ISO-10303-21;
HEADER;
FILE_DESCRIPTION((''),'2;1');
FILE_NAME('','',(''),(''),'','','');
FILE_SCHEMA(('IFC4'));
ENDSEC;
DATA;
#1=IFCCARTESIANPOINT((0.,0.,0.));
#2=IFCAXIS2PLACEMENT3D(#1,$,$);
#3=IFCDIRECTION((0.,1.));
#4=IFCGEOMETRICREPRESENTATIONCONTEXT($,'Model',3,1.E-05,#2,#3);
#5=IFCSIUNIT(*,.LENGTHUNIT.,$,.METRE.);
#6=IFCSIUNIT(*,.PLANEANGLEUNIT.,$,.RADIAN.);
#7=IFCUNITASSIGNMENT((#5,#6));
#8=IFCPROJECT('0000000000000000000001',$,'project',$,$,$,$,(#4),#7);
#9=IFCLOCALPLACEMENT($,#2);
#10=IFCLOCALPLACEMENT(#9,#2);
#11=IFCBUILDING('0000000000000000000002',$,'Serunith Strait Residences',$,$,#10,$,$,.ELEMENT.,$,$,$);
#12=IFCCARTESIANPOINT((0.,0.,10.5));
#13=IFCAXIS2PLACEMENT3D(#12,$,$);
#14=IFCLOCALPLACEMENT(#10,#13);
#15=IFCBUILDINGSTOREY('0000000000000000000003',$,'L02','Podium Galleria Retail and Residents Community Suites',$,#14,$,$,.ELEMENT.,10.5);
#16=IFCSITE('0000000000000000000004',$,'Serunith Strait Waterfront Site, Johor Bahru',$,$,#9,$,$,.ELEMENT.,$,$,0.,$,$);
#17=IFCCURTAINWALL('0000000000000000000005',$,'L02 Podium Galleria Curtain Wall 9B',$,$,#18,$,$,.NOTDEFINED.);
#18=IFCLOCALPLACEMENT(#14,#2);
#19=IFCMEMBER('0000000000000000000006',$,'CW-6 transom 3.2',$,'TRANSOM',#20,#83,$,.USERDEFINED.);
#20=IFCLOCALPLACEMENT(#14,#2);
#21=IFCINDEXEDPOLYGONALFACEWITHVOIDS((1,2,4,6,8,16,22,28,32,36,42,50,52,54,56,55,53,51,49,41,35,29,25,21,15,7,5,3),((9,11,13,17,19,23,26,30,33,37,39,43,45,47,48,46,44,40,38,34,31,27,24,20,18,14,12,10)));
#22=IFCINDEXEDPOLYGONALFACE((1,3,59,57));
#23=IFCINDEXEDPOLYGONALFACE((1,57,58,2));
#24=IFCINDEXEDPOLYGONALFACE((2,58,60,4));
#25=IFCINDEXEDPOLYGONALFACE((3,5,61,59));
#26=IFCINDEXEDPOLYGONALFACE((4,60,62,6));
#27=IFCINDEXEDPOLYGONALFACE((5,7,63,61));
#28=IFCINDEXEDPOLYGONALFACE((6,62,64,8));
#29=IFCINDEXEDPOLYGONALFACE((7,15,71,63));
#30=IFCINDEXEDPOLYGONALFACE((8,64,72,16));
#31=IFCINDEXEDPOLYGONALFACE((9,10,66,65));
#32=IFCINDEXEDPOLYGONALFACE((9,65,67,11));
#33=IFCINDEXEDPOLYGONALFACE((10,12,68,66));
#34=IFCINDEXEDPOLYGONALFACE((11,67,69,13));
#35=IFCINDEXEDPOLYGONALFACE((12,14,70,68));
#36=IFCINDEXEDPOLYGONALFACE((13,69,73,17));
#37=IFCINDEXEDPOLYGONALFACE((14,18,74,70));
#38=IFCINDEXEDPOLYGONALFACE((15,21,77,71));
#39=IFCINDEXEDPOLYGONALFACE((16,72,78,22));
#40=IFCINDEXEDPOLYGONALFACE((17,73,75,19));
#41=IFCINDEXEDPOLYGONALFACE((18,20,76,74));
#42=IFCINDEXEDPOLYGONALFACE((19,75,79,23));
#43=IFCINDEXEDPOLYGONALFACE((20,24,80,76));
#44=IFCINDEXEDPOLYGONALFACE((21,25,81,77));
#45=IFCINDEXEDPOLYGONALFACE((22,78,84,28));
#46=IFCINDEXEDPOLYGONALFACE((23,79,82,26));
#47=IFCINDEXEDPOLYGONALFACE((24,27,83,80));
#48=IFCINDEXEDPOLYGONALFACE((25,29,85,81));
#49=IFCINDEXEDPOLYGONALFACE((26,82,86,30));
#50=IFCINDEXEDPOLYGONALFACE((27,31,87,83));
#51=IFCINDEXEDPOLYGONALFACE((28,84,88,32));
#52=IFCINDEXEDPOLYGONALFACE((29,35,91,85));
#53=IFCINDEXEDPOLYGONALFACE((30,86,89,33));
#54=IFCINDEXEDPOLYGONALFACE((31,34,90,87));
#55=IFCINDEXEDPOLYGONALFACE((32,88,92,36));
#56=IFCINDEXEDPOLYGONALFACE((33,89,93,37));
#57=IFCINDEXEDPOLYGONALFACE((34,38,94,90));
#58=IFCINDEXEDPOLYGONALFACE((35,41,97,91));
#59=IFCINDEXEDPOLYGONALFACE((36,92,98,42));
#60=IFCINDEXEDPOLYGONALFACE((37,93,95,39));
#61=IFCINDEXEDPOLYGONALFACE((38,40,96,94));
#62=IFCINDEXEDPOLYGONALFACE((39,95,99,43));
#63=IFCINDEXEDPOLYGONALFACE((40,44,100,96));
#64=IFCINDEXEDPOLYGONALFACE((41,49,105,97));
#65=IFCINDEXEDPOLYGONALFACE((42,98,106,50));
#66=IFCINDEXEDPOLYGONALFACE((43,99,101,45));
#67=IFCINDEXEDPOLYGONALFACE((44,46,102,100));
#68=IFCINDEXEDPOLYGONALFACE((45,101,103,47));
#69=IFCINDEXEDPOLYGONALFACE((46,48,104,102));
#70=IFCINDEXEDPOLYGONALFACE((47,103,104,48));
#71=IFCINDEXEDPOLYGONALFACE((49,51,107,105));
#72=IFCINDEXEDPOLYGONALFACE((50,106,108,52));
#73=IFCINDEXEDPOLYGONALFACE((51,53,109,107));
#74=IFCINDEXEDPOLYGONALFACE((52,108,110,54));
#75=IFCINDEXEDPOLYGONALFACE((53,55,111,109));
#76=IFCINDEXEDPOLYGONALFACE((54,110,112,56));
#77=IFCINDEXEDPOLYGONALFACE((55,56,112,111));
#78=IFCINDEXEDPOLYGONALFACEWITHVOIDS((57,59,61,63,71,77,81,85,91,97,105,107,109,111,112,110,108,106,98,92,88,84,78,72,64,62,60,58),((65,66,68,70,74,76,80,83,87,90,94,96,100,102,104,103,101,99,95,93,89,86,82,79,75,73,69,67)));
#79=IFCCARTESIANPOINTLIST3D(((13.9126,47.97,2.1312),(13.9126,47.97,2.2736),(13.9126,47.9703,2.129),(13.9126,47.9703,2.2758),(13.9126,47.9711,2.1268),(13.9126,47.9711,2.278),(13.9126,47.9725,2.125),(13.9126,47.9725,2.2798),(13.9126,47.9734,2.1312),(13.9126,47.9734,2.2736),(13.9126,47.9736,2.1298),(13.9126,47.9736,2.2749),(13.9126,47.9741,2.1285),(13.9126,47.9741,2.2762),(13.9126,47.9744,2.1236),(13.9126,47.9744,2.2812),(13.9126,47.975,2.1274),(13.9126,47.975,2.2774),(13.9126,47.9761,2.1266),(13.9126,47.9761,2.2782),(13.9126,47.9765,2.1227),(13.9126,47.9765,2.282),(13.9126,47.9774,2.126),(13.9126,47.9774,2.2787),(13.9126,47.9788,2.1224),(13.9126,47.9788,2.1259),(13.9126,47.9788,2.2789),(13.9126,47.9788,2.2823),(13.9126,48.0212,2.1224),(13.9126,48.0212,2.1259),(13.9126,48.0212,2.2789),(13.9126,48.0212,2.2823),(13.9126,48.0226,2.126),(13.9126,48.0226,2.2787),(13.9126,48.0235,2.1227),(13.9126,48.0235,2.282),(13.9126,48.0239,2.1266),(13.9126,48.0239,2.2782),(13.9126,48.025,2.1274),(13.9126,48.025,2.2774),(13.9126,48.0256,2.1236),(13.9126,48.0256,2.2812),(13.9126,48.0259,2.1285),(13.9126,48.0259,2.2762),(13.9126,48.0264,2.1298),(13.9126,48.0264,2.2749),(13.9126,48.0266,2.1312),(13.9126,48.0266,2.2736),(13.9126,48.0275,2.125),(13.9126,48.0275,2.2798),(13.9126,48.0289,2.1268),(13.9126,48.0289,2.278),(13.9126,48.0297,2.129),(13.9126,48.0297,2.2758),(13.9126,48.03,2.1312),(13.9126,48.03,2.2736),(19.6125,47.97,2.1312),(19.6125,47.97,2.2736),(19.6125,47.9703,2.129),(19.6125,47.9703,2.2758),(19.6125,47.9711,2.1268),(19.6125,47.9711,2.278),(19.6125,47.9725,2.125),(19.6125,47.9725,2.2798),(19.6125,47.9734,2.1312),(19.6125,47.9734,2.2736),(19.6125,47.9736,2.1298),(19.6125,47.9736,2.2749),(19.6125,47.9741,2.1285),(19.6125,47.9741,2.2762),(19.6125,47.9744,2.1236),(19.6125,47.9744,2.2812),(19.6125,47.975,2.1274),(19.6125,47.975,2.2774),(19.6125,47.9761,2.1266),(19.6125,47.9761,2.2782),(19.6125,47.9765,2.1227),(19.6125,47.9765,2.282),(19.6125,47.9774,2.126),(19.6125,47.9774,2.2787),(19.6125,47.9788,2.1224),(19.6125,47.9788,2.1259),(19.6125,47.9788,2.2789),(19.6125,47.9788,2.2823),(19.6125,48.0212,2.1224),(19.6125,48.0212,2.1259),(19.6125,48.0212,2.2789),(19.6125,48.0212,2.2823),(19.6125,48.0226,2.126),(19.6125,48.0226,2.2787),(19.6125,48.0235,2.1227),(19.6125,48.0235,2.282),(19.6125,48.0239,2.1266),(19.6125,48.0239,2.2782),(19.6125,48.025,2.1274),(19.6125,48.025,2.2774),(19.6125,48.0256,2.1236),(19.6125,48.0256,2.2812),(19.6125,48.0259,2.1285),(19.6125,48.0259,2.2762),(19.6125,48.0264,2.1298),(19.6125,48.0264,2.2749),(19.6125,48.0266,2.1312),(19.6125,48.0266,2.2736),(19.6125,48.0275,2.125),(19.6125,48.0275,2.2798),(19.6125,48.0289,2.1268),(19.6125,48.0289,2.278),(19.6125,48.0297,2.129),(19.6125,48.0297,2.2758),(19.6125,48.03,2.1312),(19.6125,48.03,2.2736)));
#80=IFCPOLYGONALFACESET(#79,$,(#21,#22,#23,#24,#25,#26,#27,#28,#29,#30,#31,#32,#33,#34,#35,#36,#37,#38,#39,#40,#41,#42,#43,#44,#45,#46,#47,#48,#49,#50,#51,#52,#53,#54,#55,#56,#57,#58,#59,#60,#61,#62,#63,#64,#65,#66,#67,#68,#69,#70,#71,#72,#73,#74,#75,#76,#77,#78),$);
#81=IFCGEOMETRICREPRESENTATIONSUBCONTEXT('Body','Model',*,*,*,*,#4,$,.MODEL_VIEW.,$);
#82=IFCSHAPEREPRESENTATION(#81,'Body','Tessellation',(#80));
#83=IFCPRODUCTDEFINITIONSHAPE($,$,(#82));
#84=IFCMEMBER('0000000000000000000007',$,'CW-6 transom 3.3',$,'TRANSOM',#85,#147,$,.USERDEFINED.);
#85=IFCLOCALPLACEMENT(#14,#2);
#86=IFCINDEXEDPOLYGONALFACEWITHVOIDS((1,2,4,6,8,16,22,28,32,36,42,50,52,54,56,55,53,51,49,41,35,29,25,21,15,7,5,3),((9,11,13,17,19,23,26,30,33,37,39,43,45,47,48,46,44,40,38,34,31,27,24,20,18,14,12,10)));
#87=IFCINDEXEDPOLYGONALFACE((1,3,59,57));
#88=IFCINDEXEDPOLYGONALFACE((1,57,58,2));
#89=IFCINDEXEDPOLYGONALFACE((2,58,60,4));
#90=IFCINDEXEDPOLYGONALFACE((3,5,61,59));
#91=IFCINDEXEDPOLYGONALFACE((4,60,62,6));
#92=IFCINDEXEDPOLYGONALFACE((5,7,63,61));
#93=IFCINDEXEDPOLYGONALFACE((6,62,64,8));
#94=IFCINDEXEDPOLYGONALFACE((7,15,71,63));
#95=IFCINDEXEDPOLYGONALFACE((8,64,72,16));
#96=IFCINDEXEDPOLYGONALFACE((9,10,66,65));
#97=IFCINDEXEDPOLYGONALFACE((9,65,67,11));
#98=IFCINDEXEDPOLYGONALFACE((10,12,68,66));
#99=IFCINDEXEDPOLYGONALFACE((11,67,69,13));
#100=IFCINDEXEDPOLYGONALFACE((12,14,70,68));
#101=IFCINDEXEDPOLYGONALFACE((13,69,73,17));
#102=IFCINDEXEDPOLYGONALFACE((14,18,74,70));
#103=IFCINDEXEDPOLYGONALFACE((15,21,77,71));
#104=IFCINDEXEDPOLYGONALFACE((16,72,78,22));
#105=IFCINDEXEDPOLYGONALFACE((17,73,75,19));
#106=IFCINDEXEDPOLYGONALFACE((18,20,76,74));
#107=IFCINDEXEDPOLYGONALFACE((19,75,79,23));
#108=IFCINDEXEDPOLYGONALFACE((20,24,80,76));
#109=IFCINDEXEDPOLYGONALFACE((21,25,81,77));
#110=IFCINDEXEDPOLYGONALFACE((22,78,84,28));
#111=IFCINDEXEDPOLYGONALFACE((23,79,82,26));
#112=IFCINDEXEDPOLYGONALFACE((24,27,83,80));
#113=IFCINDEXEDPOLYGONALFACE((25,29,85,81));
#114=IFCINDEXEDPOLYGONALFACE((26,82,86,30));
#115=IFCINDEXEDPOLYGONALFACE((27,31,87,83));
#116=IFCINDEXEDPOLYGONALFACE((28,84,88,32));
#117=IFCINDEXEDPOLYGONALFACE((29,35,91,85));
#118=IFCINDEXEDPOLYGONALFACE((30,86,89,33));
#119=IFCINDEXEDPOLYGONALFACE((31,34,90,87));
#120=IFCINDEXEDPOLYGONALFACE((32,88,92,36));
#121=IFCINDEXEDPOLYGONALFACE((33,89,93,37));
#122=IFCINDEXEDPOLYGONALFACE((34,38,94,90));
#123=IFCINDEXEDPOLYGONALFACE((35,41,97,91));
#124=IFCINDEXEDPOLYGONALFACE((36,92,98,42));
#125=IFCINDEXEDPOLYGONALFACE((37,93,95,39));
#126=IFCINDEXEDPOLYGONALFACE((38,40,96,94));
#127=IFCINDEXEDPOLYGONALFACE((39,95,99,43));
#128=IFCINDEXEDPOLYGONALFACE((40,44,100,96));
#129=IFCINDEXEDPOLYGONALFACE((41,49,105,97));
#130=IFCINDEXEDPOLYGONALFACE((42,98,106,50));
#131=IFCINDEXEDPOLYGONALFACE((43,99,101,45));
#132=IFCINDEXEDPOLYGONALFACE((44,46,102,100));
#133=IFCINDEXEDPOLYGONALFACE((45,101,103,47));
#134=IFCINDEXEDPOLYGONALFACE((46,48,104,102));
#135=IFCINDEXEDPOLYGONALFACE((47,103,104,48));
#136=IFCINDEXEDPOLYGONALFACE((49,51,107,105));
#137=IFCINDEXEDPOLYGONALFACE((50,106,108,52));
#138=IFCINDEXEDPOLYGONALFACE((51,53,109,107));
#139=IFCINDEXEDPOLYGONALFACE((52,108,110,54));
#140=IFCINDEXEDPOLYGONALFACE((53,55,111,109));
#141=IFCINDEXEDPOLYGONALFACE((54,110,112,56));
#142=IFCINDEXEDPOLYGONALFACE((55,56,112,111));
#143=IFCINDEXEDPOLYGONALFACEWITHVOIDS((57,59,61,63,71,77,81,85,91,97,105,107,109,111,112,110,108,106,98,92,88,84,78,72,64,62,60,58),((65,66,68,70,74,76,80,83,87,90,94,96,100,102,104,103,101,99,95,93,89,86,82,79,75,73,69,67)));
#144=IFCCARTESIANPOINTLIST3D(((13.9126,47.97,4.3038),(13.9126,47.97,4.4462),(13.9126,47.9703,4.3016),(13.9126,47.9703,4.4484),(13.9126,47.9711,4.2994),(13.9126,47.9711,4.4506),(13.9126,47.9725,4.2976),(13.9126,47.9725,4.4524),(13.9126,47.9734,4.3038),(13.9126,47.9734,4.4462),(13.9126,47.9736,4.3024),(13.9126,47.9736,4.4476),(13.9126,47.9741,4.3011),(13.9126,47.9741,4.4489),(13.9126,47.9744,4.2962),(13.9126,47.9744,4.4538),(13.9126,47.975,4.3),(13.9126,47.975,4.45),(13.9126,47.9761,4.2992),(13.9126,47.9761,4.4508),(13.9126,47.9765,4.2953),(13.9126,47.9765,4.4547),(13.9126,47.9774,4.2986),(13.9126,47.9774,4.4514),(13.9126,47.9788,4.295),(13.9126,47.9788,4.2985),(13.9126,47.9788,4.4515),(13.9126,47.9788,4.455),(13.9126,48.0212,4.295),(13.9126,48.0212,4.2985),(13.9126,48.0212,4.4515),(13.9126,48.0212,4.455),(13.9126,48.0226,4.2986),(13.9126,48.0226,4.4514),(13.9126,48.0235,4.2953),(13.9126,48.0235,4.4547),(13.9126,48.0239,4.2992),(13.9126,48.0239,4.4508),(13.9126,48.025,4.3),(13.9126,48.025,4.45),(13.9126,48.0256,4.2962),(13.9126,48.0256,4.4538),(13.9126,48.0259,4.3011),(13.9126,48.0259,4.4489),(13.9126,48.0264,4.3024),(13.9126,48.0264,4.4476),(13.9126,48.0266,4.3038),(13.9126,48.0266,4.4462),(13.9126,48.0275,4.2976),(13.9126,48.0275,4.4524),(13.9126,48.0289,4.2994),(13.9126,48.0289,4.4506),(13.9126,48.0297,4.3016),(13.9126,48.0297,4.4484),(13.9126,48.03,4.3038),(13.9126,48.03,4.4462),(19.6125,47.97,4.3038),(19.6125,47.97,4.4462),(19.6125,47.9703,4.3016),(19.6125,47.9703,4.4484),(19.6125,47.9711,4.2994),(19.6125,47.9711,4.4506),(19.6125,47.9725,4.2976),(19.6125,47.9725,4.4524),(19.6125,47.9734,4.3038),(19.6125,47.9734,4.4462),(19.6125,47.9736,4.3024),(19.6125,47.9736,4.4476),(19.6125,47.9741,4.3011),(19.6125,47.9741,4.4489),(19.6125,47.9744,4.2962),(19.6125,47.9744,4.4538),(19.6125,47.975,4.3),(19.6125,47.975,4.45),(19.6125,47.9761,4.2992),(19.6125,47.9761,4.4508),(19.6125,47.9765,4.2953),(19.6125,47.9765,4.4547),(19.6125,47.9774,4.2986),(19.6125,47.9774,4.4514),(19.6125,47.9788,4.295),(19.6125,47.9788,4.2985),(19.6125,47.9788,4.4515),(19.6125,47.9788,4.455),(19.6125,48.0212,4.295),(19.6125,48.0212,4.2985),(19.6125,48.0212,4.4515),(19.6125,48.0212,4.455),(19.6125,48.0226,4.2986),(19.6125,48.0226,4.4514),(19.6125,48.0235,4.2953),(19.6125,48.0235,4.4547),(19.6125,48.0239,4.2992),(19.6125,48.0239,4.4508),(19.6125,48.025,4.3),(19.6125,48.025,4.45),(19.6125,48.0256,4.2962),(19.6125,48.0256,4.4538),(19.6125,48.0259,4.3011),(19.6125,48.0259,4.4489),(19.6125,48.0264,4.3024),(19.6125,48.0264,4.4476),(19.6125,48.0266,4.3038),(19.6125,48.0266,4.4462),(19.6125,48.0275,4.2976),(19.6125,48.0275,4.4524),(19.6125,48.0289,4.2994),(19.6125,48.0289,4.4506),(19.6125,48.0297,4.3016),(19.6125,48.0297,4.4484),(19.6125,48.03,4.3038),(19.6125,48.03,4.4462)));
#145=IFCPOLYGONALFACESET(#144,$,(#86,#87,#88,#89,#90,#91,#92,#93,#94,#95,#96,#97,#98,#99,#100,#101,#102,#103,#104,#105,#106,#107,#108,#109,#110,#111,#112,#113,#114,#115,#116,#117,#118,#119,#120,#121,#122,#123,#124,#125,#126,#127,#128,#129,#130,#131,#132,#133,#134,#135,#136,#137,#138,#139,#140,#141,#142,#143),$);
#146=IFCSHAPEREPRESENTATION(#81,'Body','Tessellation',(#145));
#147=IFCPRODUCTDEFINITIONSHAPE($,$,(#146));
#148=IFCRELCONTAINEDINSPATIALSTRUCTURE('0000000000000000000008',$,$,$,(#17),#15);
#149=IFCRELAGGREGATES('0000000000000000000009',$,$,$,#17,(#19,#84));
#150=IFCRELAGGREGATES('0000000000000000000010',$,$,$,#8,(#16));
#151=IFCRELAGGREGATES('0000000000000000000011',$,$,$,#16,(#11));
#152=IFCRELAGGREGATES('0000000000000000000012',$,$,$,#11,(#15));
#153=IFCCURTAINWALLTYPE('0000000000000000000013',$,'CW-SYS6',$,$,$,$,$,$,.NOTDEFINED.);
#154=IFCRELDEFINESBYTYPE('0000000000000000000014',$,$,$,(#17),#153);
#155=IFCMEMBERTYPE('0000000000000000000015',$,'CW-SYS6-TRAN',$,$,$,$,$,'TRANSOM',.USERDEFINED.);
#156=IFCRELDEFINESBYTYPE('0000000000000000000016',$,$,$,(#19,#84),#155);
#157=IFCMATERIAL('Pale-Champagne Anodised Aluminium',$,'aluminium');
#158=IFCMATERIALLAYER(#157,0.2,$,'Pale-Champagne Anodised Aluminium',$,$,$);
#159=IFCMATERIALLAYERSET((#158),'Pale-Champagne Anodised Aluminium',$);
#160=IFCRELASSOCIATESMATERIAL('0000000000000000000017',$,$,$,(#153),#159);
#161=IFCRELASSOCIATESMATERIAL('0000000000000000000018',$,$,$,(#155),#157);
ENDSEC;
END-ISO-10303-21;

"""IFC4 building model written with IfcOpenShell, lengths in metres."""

from ifc_helpers import new_model, si_unit, direction, frame, origin, origin_2d, place, context, subcontext, project, spatial, hollow_rectangle, extrude, source, transform, mapped, material, layer, layer_set, material_profile, profile_set, type_object, element, aggregate, save


model = new_model("IFC4")

# Units and contexts
model_context = context("Model", 3, precision=1e-05, world=origin(), true_north=direction((0.0, 1.0)))
body_context = subcontext(model_context, "Body", "Model", "MODEL_VIEW")
ifc_project = project(units=[si_unit("LENGTHUNIT", "METRE"), si_unit("PLANEANGLEUNIT", "RADIAN")], contexts=[model_context])

# Site, building, storey
site_placement = place(None, origin())
site = spatial("IfcSite", under=ifc_project, at=site_placement, Name="Serunith Strait Waterfront Site, Johor Bahru", CompositionType="ELEMENT", RefElevation=0.0)
building_placement = place(site_placement, origin())
building = spatial("IfcBuilding", under=site, at=building_placement, Name="Serunith Strait Residences", CompositionType="ELEMENT")
storey_placement = place(building_placement, frame((0.0, 0.0, 10.5)))
storey = spatial("IfcBuildingStorey", under=building, at=storey_placement, Name="L02", Description="Podium Galleria Retail and Residents Community Suites", CompositionType="ELEMENT", Elevation=10.5)

# Curtain wall, members
ifc_material_1 = material(Name="Pale-Champagne Anodised Aluminium", Category="aluminium")
ifc_layer_1 = layer(ifc_material_1, 0.2, Name="Pale-Champagne Anodised Aluminium")
ifc_layer_set_1 = layer_set([ifc_layer_1], Name="Pale-Champagne Anodised Aluminium")
curtain_wall_type = type_object("IfcCurtainWallType", Name="CW-SYS6", PredefinedType="NOTDEFINED", material=ifc_layer_set_1)
curtain_wall_placement = place(storey_placement, origin())
curtain_wall = element("IfcCurtainWall", 1, at=curtain_wall_placement, inside=storey, type_object=curtain_wall_type, Name="L02 Podium Galleria Curtain Wall 9B", PredefinedType="NOTDEFINED")
ifc_material_profile_1 = material_profile(ifc_material_1, hollow_rectangle(XDim=0.0601, YDim=0.1599, WallThickness=0.0034, InnerFilletRadius=0.0054, OuterFilletRadius=0.0088, at=origin_2d()), Name="ALU 160x60x3.5")
ifc_profile_set_1 = profile_set([ifc_material_profile_1], Name="Pale-Champagne Anodised Aluminium")
member_type_1 = type_object("IfcMemberType", Name="CW-SYS6-TRAN", ElementType="TRANSOM", PredefinedType="USERDEFINED", material=ifc_profile_set_1)
shared_shape_1 = source(origin(), body_context, "Body", "SweptSolid", [
    extrude(hollow_rectangle(XDim=0.0601, YDim=0.1599, WallThickness=0.0034, InnerFilletRadius=0.0054, OuterFilletRadius=0.0088, at=origin_2d()), origin(), (0.0, 0.0, 1.0), 5.7),
])
member_1_placement = place(storey_placement, frame((19.6125, 48.0, 2.2024), z_axis=(-1.0, 0.0, 0.0), x_axis=(0.0, -1.0, 0.0)))
member_1 = element("IfcMember", 2, at=member_1_placement, type_object=member_type_1, Name="CW-6 transom 3.2", ObjectType="TRANSOM", PredefinedType="USERDEFINED", context=body_context, shape_type="MappedRepresentation", body=[
    mapped(shared_shape_1, transform((0.0, 0.0, 0.0), scale=1.0)),
])
member_2_placement = place(storey_placement, frame((19.6125, 48.0, 4.375), z_axis=(-1.0, 0.0, 0.0), x_axis=(0.0, -1.0, 0.0)))
member_2 = element("IfcMember", 3, at=member_2_placement, type_object=member_type_1, Name="CW-6 transom 3.3", ObjectType="TRANSOM", PredefinedType="USERDEFINED", context=body_context, shape_type="MappedRepresentation", body=[
    mapped(shared_shape_1, transform((0.0, 0.0, 0.0), scale=1.0)),
])
aggregate(curtain_wall, [member_1, member_2])

save(model, "model.ifc")
